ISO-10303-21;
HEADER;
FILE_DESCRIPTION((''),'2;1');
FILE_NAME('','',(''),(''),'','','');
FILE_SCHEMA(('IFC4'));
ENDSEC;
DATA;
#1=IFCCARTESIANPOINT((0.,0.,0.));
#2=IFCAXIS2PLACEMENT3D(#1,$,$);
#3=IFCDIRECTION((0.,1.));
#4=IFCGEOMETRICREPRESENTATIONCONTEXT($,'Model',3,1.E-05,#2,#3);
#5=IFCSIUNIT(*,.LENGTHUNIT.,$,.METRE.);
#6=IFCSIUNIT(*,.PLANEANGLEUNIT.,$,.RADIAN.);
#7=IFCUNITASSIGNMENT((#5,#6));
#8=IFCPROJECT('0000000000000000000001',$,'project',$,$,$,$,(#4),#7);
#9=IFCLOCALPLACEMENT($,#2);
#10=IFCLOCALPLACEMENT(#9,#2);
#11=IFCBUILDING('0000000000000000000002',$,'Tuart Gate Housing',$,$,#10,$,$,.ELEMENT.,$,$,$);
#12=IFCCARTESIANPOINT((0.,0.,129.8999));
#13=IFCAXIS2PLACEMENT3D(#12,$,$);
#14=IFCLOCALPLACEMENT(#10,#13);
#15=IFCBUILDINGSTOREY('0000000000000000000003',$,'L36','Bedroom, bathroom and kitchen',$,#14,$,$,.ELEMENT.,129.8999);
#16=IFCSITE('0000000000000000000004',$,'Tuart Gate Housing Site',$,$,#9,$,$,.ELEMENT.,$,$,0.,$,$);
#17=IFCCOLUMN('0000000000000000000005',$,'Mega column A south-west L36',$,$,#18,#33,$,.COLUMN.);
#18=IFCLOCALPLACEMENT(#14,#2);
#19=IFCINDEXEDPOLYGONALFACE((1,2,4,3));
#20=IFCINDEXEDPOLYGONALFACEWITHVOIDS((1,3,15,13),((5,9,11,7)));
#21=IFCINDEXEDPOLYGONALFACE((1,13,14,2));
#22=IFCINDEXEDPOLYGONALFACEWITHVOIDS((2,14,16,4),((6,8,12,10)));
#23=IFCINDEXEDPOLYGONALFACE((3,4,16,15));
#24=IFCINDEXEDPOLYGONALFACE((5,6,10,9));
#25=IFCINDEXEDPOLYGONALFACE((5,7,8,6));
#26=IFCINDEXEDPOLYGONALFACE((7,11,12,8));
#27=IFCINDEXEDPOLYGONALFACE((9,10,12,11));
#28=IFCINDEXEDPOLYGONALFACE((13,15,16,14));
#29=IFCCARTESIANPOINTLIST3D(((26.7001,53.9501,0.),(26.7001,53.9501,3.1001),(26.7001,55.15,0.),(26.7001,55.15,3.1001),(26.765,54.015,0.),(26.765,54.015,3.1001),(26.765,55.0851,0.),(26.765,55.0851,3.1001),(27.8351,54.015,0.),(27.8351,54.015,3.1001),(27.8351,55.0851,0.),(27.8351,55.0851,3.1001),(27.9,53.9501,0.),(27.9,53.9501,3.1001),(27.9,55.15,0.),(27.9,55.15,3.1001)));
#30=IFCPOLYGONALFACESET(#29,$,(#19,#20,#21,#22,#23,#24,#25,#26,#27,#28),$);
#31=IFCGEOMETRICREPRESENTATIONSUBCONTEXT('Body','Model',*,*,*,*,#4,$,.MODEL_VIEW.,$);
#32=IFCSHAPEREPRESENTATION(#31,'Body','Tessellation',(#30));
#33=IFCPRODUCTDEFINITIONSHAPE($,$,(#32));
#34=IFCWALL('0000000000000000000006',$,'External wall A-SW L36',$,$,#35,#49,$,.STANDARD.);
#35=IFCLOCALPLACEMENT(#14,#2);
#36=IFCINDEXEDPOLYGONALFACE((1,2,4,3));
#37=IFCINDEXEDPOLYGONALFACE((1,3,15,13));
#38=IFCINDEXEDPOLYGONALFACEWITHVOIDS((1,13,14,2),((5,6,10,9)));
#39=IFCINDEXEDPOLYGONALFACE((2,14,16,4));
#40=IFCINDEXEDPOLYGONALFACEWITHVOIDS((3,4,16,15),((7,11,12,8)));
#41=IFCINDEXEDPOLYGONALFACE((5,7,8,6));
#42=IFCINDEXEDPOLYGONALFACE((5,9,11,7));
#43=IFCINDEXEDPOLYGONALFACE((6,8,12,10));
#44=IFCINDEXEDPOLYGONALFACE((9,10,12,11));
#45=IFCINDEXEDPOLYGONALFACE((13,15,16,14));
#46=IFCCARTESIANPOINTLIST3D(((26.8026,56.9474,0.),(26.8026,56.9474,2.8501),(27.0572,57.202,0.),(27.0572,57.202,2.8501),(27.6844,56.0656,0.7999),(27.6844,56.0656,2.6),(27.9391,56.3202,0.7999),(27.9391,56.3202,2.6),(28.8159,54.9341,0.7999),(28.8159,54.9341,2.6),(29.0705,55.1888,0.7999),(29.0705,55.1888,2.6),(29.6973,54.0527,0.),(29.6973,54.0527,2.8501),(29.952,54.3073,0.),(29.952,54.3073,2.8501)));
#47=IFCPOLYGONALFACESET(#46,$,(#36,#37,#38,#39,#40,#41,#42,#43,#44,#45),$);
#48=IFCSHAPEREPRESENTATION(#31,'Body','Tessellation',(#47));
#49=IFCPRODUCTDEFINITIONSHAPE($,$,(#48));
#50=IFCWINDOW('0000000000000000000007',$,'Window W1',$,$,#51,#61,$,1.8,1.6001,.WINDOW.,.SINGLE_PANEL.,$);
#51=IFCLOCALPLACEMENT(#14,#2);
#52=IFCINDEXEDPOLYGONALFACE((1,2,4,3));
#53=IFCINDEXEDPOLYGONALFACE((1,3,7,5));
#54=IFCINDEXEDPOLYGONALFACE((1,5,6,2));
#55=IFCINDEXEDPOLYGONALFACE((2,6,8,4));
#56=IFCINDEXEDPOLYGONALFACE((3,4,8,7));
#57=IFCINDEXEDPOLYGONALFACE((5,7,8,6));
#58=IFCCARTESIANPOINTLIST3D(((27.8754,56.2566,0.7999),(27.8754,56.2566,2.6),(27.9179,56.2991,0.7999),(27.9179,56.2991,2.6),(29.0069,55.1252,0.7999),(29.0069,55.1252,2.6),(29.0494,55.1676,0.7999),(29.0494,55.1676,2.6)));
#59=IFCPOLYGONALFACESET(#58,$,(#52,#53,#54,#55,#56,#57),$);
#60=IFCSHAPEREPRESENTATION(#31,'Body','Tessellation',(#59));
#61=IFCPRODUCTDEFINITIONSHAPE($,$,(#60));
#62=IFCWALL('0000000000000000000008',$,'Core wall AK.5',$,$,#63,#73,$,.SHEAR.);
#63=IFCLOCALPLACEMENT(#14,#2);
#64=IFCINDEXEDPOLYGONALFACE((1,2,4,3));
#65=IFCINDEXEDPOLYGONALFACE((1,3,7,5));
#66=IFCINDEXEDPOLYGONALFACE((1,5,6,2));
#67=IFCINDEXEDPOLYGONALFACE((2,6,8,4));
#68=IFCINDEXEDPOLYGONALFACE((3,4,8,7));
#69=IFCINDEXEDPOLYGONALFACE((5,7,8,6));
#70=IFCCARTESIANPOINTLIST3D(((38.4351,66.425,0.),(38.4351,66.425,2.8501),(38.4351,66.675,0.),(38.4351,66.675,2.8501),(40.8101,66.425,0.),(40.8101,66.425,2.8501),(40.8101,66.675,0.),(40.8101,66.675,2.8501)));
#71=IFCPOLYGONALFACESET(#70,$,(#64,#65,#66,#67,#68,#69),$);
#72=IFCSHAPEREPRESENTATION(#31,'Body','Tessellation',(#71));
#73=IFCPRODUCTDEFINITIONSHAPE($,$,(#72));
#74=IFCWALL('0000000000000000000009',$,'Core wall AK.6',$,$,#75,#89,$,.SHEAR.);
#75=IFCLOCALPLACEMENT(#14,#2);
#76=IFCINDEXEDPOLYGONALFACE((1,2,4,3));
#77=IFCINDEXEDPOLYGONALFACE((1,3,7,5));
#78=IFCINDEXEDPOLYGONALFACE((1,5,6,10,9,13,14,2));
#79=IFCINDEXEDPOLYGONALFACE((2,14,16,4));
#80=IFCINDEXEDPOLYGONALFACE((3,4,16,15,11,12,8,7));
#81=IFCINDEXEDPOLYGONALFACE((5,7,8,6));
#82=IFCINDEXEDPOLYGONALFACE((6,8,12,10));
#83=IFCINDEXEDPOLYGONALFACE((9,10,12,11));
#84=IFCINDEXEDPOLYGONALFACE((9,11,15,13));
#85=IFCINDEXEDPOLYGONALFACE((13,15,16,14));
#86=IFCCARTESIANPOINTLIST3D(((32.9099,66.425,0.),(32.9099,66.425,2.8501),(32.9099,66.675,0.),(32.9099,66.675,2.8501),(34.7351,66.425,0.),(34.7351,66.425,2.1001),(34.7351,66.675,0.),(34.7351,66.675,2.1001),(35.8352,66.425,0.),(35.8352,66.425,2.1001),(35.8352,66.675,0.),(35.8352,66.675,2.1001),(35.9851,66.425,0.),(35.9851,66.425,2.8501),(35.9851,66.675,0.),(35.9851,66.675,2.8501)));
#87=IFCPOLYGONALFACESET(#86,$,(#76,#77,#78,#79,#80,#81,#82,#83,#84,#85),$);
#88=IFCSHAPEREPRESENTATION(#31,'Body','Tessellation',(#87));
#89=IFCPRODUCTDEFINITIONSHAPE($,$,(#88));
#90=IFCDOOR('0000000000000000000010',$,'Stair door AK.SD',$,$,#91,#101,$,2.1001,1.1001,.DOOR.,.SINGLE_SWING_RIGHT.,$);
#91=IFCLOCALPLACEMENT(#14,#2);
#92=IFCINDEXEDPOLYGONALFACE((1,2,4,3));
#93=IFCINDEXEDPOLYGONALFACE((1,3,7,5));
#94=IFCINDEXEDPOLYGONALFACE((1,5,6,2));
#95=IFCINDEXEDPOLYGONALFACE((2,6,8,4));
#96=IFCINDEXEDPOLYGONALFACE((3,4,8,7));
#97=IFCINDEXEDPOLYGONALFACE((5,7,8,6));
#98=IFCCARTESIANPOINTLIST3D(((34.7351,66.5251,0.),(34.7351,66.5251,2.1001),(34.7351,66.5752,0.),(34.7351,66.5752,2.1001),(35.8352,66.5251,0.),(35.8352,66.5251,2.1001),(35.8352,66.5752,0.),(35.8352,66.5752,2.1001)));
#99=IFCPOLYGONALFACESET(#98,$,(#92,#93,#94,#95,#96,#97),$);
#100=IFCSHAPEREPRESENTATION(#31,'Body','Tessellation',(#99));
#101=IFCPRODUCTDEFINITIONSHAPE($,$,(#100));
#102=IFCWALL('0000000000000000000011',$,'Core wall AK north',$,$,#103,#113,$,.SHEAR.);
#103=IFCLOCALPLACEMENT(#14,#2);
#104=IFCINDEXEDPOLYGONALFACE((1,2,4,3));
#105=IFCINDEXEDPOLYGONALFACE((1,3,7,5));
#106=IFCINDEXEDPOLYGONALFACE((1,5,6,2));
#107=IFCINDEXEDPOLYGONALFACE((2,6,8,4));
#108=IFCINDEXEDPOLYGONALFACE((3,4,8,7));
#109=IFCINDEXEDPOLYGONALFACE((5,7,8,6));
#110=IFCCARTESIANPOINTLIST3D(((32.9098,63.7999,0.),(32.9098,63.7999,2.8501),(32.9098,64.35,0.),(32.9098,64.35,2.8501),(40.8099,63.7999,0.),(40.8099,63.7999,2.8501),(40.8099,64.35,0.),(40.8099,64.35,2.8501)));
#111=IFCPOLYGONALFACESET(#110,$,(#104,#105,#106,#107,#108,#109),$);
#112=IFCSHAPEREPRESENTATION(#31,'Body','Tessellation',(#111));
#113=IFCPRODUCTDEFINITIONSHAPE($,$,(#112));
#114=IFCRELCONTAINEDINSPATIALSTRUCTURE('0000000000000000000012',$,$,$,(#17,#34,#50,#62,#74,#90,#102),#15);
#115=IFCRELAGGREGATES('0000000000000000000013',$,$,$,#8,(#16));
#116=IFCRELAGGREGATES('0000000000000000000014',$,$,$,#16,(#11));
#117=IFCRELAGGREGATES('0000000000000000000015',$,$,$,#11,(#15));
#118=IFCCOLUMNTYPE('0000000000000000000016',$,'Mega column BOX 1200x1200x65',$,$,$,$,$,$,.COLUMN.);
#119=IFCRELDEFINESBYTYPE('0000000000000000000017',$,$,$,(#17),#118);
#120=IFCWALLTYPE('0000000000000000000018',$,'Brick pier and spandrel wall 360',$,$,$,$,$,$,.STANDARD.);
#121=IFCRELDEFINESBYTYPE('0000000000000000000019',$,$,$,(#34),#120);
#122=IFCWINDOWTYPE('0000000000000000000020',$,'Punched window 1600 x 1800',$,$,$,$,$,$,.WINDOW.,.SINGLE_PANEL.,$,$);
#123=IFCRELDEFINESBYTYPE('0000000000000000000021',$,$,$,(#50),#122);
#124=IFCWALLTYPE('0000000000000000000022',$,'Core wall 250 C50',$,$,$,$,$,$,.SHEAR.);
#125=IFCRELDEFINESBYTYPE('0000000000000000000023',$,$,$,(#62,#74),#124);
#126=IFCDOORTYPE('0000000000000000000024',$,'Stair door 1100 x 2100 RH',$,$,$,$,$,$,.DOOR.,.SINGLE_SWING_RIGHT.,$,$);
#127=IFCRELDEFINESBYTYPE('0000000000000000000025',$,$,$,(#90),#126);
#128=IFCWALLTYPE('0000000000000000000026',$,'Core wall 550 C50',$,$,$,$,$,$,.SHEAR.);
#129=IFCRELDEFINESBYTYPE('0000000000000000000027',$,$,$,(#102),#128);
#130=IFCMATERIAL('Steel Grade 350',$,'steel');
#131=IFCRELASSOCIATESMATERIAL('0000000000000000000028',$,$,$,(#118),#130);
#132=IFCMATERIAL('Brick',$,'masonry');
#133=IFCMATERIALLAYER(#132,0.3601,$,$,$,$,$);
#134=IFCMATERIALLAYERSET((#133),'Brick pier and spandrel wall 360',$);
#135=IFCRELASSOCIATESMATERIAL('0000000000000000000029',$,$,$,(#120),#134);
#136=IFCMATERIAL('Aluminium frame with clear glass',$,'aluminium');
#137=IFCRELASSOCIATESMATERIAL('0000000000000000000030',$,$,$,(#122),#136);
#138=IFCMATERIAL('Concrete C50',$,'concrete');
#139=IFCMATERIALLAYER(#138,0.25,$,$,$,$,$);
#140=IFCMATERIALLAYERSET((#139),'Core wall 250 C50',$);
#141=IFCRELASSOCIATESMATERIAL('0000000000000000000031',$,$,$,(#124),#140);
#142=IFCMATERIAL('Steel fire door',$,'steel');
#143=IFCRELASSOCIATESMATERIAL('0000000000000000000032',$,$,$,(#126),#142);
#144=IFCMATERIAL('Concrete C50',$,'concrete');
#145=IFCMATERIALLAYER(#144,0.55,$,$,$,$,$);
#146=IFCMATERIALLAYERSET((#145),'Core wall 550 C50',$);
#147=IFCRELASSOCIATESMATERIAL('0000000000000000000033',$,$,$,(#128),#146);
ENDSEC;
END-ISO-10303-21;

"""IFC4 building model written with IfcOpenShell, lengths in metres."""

from ifc_helpers import new_model, si_unit, direction, frame, frame_2d, origin, origin_2d, place, context, subcontext, project, spatial, rectangle, hollow_rectangle, extrude, material, layer, layer_set, material_profile, profile_set, type_object, element, fill, save


model = new_model("IFC4")

# Units and contexts
model_context = context("Model", 3, precision=1e-05, world=origin(), true_north=direction((0.0, 1.0)))
body_context = subcontext(model_context, "Body", "Model", "MODEL_VIEW")
ifc_project = project(units=[si_unit("LENGTHUNIT", "METRE"), si_unit("PLANEANGLEUNIT", "RADIAN")], contexts=[model_context])

# Site, building, storey
site_placement = place(None, origin())
site = spatial("IfcSite", under=ifc_project, at=site_placement, Name="Tuart Gate Housing Site", CompositionType="ELEMENT", RefElevation=0.0)
building_placement = place(site_placement, origin())
building = spatial("IfcBuilding", under=site, at=building_placement, Name="Tuart Gate Housing", CompositionType="ELEMENT")
storey_placement = place(building_placement, frame((0.0, 0.0, 129.8999)))
storey = spatial("IfcBuildingStorey", under=building, at=storey_placement, Name="L36", Description="Bedroom, bathroom and kitchen", CompositionType="ELEMENT", Elevation=129.8999)

# Column
ifc_material_1 = material(Name="Steel Grade 350", Category="steel")
ifc_material_profile = material_profile(ifc_material_1, hollow_rectangle(XDim=1.2, YDim=1.2, WallThickness=0.0649, at=origin_2d()), Name="BOX 1200x1200x65")
ifc_profile_set = profile_set([ifc_material_profile], Name="Steel Grade 350")
column_type = type_object("IfcColumnType", Name="Mega column BOX 1200x1200x65", PredefinedType="COLUMN", material=ifc_profile_set)
column_placement = place(storey_placement, frame((27.3, 54.55, 0.0), z_axis=(0.0, 0.0, 1.0), x_axis=(1.0, 0.0, 0.0)))
element("IfcColumn", 1, at=column_placement, inside=storey, type_object=column_type, Name="Mega column A south-west L36", PredefinedType="COLUMN", context=body_context, shape_type="SweptSolid", body=[
    extrude(hollow_rectangle(XDim=1.2, YDim=1.2, WallThickness=0.0649, at=origin_2d()), origin(), (0.0, 0.0, 1.0), 3.1001),
])

# Wall, opening, window
ifc_material_2 = material(Name="Brick", Category="masonry")
ifc_layer_1 = layer(ifc_material_2, 0.3601)
ifc_layer_set_1 = layer_set([ifc_layer_1], Name="Brick pier and spandrel wall 360")
wall_type_1 = type_object("IfcWallType", Name="Brick pier and spandrel wall 360", PredefinedType="STANDARD", material=ifc_layer_set_1)
wall_1_placement = place(storey_placement, frame((26.9299, 57.0747, 0.0), z_axis=(0.0, 0.0, 1.0), x_axis=(0.707107, -0.707107, 0.0)))
wall_1 = element("IfcWall", 2, at=wall_1_placement, inside=storey, type_object=wall_type_1, Name="External wall A-SW L36", PredefinedType="STANDARD", context=body_context, shape_type="SweptSolid", body=[
    extrude(rectangle(XDim=4.0938, YDim=0.3601, at=frame_2d((2.0469, 0.0))), origin(), (0.0, 0.0, 1.0), 2.8501),
])
opening_1_placement = place(wall_1_placement, frame((1.2471, 0.0, 0.8)))
opening_1 = element("IfcOpeningElement", 3, at=opening_1_placement, cuts=wall_1, PredefinedType="OPENING", context=body_context, shape_type="SweptSolid", body=[
    extrude(rectangle(XDim=1.6001, YDim=1.8, at=frame_2d((0.8, 0.8999))), frame((0.0, 0.1899, 0.0), z_axis=(0.0, -1.0, 0.0), x_axis=(1.0, 0.0, 0.0)), (0.0, 0.0, 1.0), 0.3801),
])
ifc_material_3 = material(Name="Aluminium frame with clear glass", Category="aluminium")
window_type = type_object("IfcWindowType", Name="Punched window 1600 x 1800", PartitioningType="SINGLE_PANEL", PredefinedType="WINDOW", material=ifc_material_3)
window_placement = place(opening_1_placement, origin())
window = element("IfcWindow", 4, at=window_placement, inside=storey, type_object=window_type, Name="Window W1", OverallHeight=1.8, OverallWidth=1.6001, PartitioningType="SINGLE_PANEL", PredefinedType="WINDOW", context=body_context, shape_type="SweptSolid", body=[
    extrude(rectangle(XDim=1.6001, YDim=1.8, at=frame_2d((0.8, 0.8999))), frame((0.0, 0.1501, 0.0), z_axis=(0.0, -1.0, 0.0), x_axis=(1.0, 0.0, 0.0)), (0.0, 0.0, 1.0), 0.0601),
])
fill(opening_1, window)

# Wall
ifc_material_4 = material(Name="Concrete C50", Category="concrete")
ifc_layer_2 = layer(ifc_material_4, 0.25)
ifc_layer_set_2 = layer_set([ifc_layer_2], Name="Core wall 250 C50")
wall_type_2 = type_object("IfcWallType", Name="Core wall 250 C50", PredefinedType="SHEAR", material=ifc_layer_set_2)
wall_2_placement = place(storey_placement, frame((40.8101, 66.55, 0.0), z_axis=(0.0, 0.0, 1.0), x_axis=(-1.0, 0.0, 0.0)))
element("IfcWall", 5, at=wall_2_placement, inside=storey, type_object=wall_type_2, Name="Core wall AK.5", PredefinedType="SHEAR", context=body_context, shape_type="SweptSolid", body=[
    extrude(rectangle(XDim=2.375, YDim=0.25, at=frame_2d((1.1875, 0.0))), origin(), (0.0, 0.0, 1.0), 2.8501),
])

# Wall, opening, door
wall_3_placement = place(storey_placement, frame((35.9851, 66.55, 0.0), z_axis=(0.0, 0.0, 1.0), x_axis=(-1.0, 0.0, 0.0)))
wall_3 = element("IfcWall", 6, at=wall_3_placement, inside=storey, type_object=wall_type_2, Name="Core wall AK.6", PredefinedType="SHEAR", context=body_context, shape_type="SweptSolid", body=[
    extrude(rectangle(XDim=3.0752, YDim=0.25, at=frame_2d((1.5376, 0.0))), origin(), (0.0, 0.0, 1.0), 2.8501),
])
opening_2_placement = place(wall_3_placement, frame((0.1499, 0.0, 0.0)))
opening_2 = element("IfcOpeningElement", 7, at=opening_2_placement, cuts=wall_3, PredefinedType="OPENING", context=body_context, shape_type="SweptSolid", body=[
    extrude(rectangle(XDim=1.1001, YDim=2.1001, at=frame_2d((0.55, 1.05))), frame((0.0, 0.135, 0.0), z_axis=(0.0, -1.0, 0.0), x_axis=(1.0, 0.0, 0.0)), (0.0, 0.0, 1.0), 0.27),
])
ifc_material_5 = material(Name="Steel fire door", Category="steel")
door_type_1 = type_object("IfcDoorType", Name="Stair door 1100 x 2100 RH", OperationType="SINGLE_SWING_RIGHT", PredefinedType="DOOR", material=ifc_material_5)
door_1_placement = place(opening_2_placement, frame((1.1001, 0.0, 0.0), z_axis=(0.0, 0.0, 1.0), x_axis=(-1.0, 0.0, 0.0)))
door_1 = element("IfcDoor", 8, at=door_1_placement, inside=storey, type_object=door_type_1, Name="Stair door AK.SD", OperationType="SINGLE_SWING_RIGHT", OverallHeight=2.1001, OverallWidth=1.1001, PredefinedType="DOOR", context=body_context, shape_type="SweptSolid", body=[
    extrude(rectangle(XDim=1.1001, YDim=2.1001, at=frame_2d((0.55, 1.05))), frame((0.0, 0.0251, 0.0), z_axis=(0.0, -1.0, 0.0), x_axis=(1.0, 0.0, 0.0)), (0.0, 0.0, 1.0), 0.05),
])
fill(opening_2, door_1)

# Wall
ifc_material_6 = material(Name="Concrete C50", Category="concrete")
ifc_layer_3 = layer(ifc_material_6, 0.55)
ifc_layer_set_3 = layer_set([ifc_layer_3], Name="Core wall 550 C50")
wall_type_3 = type_object("IfcWallType", Name="Core wall 550 C50", PredefinedType="SHEAR", material=ifc_layer_set_3)
wall_4_placement = place(storey_placement, frame((40.8101, 64.075, 0.0), z_axis=(0.0, 0.0, 1.0), x_axis=(-1.0, 0.0, 0.0)))
element("IfcWall", 9, at=wall_4_placement, inside=storey, type_object=wall_type_3, Name="Core wall AK north", PredefinedType="SHEAR", context=body_context, shape_type="SweptSolid", body=[
    extrude(rectangle(XDim=7.9001, YDim=0.55, at=frame_2d((3.9502, 0.0))), origin(), (0.0, 0.0, 1.0), 2.8501),
])

save(model, "model.ifc")
